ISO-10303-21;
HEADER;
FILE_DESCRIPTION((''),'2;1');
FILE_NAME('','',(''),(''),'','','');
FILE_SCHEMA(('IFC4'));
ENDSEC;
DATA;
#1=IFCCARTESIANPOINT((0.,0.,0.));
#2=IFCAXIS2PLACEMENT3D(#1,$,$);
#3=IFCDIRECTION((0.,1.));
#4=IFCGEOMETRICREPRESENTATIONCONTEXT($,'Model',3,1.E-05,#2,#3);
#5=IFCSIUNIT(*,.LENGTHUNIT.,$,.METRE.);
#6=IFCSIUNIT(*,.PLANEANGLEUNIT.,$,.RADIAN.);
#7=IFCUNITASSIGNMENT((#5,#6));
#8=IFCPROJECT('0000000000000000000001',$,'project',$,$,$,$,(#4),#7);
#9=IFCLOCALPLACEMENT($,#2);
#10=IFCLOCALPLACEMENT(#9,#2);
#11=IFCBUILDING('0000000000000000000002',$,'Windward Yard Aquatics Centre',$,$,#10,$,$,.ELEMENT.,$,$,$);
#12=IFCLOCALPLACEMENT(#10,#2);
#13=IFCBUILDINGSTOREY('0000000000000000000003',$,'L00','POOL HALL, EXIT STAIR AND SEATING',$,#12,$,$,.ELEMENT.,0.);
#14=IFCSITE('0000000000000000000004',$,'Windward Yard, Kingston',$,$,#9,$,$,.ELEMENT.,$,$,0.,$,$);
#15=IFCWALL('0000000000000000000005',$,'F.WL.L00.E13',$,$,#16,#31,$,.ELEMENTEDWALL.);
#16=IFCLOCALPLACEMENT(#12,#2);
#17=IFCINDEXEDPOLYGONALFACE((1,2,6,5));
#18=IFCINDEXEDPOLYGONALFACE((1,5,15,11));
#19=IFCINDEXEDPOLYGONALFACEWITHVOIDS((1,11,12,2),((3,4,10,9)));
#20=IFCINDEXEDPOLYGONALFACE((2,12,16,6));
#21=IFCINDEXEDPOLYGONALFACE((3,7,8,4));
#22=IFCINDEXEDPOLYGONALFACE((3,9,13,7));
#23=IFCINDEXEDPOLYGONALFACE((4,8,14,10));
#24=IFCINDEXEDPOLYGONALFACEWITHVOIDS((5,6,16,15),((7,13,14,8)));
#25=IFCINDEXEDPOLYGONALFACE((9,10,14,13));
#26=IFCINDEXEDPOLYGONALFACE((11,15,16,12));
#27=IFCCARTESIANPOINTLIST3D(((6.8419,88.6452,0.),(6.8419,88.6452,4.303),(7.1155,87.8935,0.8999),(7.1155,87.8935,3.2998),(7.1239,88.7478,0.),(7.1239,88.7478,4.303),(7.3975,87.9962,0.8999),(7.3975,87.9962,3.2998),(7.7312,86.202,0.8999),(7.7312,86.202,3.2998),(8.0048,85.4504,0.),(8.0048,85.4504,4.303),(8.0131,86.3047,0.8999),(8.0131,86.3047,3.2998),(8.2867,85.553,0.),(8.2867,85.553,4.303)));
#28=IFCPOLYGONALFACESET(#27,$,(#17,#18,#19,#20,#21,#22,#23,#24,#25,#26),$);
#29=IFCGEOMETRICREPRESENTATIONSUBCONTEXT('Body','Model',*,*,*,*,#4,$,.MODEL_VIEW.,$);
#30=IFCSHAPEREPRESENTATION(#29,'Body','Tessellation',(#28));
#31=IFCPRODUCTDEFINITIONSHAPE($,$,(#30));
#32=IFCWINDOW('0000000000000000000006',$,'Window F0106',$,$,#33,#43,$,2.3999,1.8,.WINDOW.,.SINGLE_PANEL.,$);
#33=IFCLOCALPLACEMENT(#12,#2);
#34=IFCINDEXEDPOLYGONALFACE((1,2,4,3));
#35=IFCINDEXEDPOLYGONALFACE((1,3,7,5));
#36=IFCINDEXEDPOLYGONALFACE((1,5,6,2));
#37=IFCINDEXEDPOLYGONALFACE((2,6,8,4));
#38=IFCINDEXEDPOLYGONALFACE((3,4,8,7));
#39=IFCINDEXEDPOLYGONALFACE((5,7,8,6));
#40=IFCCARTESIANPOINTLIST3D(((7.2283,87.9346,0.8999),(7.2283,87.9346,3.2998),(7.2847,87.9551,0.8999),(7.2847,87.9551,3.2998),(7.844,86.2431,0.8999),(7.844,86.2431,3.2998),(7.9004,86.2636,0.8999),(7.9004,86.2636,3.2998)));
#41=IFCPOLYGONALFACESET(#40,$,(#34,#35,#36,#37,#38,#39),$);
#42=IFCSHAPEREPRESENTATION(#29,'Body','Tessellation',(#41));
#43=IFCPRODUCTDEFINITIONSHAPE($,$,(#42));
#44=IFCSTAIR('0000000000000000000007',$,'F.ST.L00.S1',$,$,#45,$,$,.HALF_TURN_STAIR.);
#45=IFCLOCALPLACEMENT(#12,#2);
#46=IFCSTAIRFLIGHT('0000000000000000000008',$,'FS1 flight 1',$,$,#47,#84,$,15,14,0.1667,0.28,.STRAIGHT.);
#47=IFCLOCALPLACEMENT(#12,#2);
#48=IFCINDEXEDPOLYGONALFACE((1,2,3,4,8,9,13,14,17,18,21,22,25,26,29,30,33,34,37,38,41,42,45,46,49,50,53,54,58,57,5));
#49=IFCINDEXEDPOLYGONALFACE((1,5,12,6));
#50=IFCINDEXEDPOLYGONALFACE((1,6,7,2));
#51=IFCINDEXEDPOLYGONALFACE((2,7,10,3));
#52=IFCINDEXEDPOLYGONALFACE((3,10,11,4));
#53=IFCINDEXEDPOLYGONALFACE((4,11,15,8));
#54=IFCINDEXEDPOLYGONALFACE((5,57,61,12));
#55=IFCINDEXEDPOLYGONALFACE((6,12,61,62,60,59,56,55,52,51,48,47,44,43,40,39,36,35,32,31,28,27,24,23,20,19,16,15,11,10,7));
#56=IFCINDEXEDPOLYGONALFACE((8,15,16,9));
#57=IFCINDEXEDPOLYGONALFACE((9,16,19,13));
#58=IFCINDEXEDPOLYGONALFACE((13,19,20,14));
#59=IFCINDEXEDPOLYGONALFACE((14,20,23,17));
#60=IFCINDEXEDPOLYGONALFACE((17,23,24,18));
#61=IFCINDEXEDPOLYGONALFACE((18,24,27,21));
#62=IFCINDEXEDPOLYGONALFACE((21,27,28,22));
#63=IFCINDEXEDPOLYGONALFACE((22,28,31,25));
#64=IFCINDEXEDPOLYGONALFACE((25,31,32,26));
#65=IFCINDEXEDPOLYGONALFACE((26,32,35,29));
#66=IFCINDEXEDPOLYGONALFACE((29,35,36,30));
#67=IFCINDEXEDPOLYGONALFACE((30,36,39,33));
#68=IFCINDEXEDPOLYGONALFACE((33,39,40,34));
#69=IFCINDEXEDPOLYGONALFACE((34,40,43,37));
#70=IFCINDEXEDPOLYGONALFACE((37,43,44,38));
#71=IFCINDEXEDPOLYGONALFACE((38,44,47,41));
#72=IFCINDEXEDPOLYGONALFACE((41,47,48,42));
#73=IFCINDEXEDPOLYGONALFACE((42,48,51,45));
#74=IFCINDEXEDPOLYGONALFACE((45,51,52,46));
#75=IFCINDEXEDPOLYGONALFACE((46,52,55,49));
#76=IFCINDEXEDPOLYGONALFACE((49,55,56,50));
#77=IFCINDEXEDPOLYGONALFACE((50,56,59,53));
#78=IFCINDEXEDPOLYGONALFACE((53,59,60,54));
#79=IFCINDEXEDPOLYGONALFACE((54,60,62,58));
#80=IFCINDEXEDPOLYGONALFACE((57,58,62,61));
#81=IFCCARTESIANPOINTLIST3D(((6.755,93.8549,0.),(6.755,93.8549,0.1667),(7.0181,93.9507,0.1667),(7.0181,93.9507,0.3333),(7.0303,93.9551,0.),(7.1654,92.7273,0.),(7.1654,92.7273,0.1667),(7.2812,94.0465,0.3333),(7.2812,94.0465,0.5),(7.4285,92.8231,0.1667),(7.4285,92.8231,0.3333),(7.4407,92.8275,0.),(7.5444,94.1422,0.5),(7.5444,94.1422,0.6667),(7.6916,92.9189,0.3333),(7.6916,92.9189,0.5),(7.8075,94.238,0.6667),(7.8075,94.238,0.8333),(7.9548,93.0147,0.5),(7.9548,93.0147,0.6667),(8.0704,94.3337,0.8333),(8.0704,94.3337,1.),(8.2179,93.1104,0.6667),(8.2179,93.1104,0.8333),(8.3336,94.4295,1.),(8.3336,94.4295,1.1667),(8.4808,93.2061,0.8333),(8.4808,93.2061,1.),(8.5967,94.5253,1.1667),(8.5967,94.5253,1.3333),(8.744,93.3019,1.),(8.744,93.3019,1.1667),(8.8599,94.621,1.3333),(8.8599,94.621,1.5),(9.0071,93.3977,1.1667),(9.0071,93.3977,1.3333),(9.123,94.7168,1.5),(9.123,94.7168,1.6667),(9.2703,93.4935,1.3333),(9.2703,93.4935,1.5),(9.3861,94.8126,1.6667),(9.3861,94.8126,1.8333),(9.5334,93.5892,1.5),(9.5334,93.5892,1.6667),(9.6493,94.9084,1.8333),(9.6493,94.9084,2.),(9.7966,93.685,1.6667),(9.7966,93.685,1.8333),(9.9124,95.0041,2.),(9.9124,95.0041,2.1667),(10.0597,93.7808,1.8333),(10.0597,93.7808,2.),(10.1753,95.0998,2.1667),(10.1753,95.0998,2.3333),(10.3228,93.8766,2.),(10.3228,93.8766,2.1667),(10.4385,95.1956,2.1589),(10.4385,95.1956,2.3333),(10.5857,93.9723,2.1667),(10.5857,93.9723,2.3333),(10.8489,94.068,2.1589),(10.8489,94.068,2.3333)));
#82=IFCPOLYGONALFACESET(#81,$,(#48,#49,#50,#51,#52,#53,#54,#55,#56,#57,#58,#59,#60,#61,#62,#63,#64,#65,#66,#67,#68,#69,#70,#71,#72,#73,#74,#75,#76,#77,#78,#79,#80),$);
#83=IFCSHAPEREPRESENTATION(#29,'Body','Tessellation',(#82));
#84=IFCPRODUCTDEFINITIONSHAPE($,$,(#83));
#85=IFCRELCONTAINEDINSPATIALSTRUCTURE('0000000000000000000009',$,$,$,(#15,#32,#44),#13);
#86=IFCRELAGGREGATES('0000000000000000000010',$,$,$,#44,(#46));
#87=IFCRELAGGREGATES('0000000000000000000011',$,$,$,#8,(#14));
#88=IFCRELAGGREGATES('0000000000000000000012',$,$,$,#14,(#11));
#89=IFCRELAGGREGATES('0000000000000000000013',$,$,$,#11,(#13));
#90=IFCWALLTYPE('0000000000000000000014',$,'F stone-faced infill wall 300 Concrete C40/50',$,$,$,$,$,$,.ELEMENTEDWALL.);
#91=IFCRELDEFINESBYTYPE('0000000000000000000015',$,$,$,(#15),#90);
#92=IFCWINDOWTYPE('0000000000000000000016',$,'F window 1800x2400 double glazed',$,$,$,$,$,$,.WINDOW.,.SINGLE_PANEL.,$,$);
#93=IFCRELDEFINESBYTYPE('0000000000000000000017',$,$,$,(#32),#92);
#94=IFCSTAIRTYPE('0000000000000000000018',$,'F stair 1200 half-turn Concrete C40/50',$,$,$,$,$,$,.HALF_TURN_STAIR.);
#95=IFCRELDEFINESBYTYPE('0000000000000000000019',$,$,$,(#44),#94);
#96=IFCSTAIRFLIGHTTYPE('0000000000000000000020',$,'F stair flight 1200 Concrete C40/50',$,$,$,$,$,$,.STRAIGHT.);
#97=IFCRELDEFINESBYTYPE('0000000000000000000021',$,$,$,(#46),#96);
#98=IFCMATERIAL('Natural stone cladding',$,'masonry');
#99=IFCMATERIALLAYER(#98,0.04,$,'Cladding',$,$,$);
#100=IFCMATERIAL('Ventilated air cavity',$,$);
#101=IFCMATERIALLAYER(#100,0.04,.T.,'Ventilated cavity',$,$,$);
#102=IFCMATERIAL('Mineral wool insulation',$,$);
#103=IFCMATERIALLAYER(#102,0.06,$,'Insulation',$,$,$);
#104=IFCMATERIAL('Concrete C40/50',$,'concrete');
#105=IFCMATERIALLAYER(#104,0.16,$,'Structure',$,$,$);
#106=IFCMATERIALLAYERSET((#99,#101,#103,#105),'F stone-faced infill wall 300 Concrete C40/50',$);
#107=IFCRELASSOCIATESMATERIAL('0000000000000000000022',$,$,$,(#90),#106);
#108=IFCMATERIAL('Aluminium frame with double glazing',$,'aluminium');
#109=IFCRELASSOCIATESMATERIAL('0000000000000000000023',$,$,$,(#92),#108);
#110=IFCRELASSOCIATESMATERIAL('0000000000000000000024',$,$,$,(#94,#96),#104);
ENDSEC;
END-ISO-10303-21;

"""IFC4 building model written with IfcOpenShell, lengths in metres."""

from ifc_helpers import new_model, si_unit, direction, frame, frame_2d, origin, place, context, subcontext, project, spatial, polyline, rectangle, outline, extrude, material, layer, layer_set, type_object, element, fill, aggregate, save


model = new_model("IFC4")

# Units and contexts
model_context = context("Model", 3, precision=1e-05, world=origin(), true_north=direction((0.0, 1.0)))
body_context = subcontext(model_context, "Body", "Model", "MODEL_VIEW")
ifc_project = project(units=[si_unit("LENGTHUNIT", "METRE"), si_unit("PLANEANGLEUNIT", "RADIAN")], contexts=[model_context])

# Site, building, storey
site_placement = place(None, origin())
site = spatial("IfcSite", under=ifc_project, at=site_placement, Name="Windward Yard, Kingston", CompositionType="ELEMENT", RefElevation=0.0)
building_placement = place(site_placement, origin())
building = spatial("IfcBuilding", under=site, at=building_placement, Name="Windward Yard Aquatics Centre", CompositionType="ELEMENT")
storey_placement = place(building_placement, origin())
storey = spatial("IfcBuildingStorey", under=building, at=storey_placement, Name="L00", Description="POOL HALL, EXIT STAIR AND SEATING", CompositionType="ELEMENT", Elevation=0.0)

# Shared definitions
ifc_material_1 = material(Name="Concrete C40/50", Category="concrete")

# Shared definitions
ifc_material_2 = material(Name="Natural stone cladding", Category="masonry")
ifc_layer_1 = layer(ifc_material_2, 0.04, Name="Cladding")
ifc_material_3 = material(Name="Ventilated air cavity")
ifc_layer_2 = layer(ifc_material_3, 0.04, ventilated=True, Name="Ventilated cavity")
ifc_material_4 = material(Name="Mineral wool insulation")
ifc_layer_3 = layer(ifc_material_4, 0.06, Name="Insulation")
ifc_layer_4 = layer(ifc_material_1, 0.16, Name="Structure")
ifc_layer_set_1 = layer_set([ifc_layer_1, ifc_layer_2, ifc_layer_3, ifc_layer_4], Name="F stone-faced infill wall 300 Concrete C40/50")
wall_type_1 = type_object("IfcWallType", Name="F stone-faced infill wall 300 Concrete C40/50", PredefinedType="ELEMENTEDWALL", material=ifc_layer_set_1)

# Wall, opening, window
wall_1_placement = place(storey_placement, frame((6.9829, 88.6965, 0.0), z_axis=(0.0, 0.0, 1.0), x_axis=(0.342026, -0.939691, 0.0)))
wall_1 = element("IfcWall", 1, at=wall_1_placement, inside=storey, type_object=wall_type_1, Name="F.WL.L00.E13", PredefinedType="ELEMENTEDWALL", context=body_context, shape_type="SweptSolid", body=[
    extrude(rectangle(XDim=3.3999, YDim=0.3, at=frame_2d((1.7, 0.0))), origin(), (0.0, 0.0, 1.0), 4.303),
])
opening_1_placement = place(wall_1_placement, frame((0.8, 0.0, 0.8999)))
opening_1 = element("IfcOpeningElement", 2, at=opening_1_placement, cuts=wall_1, PredefinedType="OPENING", context=body_context, shape_type="SweptSolid", body=[
    extrude(rectangle(XDim=1.8, YDim=2.3999, at=frame_2d((0.8999, 1.2))), frame((0.0, 0.1602, 0.0), z_axis=(0.0, -1.0, 0.0), x_axis=(1.0, 0.0, 0.0)), (0.0, 0.0, 1.0), 0.3201),
])
ifc_material_5 = material(Name="Aluminium frame with double glazing", Category="aluminium")
window_type = type_object("IfcWindowType", Name="F window 1800x2400 double glazed", PartitioningType="SINGLE_PANEL", PredefinedType="WINDOW", material=ifc_material_5)
window_placement = place(opening_1_placement, origin())
window = element("IfcWindow", 3, at=window_placement, inside=storey, type_object=window_type, Name="Window F0106", OverallHeight=2.3999, OverallWidth=1.8, PartitioningType="SINGLE_PANEL", PredefinedType="WINDOW", context=body_context, shape_type="SweptSolid", body=[
    extrude(rectangle(XDim=1.8, YDim=2.3999, at=frame_2d((0.8999, 1.2))), frame((0.0, 0.03, 0.0), z_axis=(0.0, -1.0, 0.0), x_axis=(1.0, 0.0, 0.0)), (0.0, 0.0, 1.0), 0.0601),
])
fill(opening_1, window)

# Stair, stair flight
stair_type = type_object("IfcStairType", Name="F stair 1200 half-turn Concrete C40/50", PredefinedType="HALF_TURN_STAIR", material=ifc_material_1)
stair_placement = place(storey_placement, origin())
stair = element("IfcStair", 4, at=stair_placement, inside=storey, type_object=stair_type, Name="F.ST.L00.S1", PredefinedType="HALF_TURN_STAIR")
stair_flight_type = type_object("IfcStairFlightType", Name="F stair flight 1200 Concrete C40/50", PredefinedType="STRAIGHT", material=ifc_material_1)
stair_flight_placement = place(storey_placement, frame((6.9602, 93.291, 0.0), z_axis=(0.0, 0.0, 1.0), x_axis=(0.939693, 0.34202, 0.0)))
stair_flight = element("IfcStairFlight", 5, at=stair_flight_placement, type_object=stair_flight_type, Name="FS1 flight 1", NumberOfRisers=15, NumberOfTreads=14, PredefinedType="STRAIGHT", RiserHeight=0.1667, TreadLength=0.28, context=body_context, shape_type="SweptSolid", body=[
    extrude(outline(polyline([(0.0, 0.0), (0.0, 0.1667), (0.28, 0.1667), (0.28, 0.3333), (0.5601, 0.3333), (0.5601, 0.5), (0.8401, 0.5), (0.8401, 0.6667), (1.1201, 0.6667), (1.1201, 0.8333), (1.3999, 0.8333), (1.3999, 1.0), (1.6799, 1.0), (1.6799, 1.1667), (1.96, 1.1667), (1.96, 1.3333), (2.24, 1.3333), (2.24, 1.5), (2.52, 1.5), (2.52, 1.6667), (2.8, 1.6667), (2.8, 1.8333), (3.0801, 1.8333), (3.0801, 2.0), (3.3601, 2.0), (3.3601, 2.1667), (3.6399, 2.1667), (3.6399, 2.3333), (3.9199, 2.3333), (3.9199, 2.5), (3.9199, 2.1589), (0.293, 0.0), (0.0, 0.0)])), frame((0.0, 0.6001, 0.0), z_axis=(0.0, -1.0, 0.0), x_axis=(1.0, 0.0, 0.0)), (0.0, 0.0, 1.0), 1.2),
])
aggregate(stair, [stair_flight])

save(model, "model.ifc")
